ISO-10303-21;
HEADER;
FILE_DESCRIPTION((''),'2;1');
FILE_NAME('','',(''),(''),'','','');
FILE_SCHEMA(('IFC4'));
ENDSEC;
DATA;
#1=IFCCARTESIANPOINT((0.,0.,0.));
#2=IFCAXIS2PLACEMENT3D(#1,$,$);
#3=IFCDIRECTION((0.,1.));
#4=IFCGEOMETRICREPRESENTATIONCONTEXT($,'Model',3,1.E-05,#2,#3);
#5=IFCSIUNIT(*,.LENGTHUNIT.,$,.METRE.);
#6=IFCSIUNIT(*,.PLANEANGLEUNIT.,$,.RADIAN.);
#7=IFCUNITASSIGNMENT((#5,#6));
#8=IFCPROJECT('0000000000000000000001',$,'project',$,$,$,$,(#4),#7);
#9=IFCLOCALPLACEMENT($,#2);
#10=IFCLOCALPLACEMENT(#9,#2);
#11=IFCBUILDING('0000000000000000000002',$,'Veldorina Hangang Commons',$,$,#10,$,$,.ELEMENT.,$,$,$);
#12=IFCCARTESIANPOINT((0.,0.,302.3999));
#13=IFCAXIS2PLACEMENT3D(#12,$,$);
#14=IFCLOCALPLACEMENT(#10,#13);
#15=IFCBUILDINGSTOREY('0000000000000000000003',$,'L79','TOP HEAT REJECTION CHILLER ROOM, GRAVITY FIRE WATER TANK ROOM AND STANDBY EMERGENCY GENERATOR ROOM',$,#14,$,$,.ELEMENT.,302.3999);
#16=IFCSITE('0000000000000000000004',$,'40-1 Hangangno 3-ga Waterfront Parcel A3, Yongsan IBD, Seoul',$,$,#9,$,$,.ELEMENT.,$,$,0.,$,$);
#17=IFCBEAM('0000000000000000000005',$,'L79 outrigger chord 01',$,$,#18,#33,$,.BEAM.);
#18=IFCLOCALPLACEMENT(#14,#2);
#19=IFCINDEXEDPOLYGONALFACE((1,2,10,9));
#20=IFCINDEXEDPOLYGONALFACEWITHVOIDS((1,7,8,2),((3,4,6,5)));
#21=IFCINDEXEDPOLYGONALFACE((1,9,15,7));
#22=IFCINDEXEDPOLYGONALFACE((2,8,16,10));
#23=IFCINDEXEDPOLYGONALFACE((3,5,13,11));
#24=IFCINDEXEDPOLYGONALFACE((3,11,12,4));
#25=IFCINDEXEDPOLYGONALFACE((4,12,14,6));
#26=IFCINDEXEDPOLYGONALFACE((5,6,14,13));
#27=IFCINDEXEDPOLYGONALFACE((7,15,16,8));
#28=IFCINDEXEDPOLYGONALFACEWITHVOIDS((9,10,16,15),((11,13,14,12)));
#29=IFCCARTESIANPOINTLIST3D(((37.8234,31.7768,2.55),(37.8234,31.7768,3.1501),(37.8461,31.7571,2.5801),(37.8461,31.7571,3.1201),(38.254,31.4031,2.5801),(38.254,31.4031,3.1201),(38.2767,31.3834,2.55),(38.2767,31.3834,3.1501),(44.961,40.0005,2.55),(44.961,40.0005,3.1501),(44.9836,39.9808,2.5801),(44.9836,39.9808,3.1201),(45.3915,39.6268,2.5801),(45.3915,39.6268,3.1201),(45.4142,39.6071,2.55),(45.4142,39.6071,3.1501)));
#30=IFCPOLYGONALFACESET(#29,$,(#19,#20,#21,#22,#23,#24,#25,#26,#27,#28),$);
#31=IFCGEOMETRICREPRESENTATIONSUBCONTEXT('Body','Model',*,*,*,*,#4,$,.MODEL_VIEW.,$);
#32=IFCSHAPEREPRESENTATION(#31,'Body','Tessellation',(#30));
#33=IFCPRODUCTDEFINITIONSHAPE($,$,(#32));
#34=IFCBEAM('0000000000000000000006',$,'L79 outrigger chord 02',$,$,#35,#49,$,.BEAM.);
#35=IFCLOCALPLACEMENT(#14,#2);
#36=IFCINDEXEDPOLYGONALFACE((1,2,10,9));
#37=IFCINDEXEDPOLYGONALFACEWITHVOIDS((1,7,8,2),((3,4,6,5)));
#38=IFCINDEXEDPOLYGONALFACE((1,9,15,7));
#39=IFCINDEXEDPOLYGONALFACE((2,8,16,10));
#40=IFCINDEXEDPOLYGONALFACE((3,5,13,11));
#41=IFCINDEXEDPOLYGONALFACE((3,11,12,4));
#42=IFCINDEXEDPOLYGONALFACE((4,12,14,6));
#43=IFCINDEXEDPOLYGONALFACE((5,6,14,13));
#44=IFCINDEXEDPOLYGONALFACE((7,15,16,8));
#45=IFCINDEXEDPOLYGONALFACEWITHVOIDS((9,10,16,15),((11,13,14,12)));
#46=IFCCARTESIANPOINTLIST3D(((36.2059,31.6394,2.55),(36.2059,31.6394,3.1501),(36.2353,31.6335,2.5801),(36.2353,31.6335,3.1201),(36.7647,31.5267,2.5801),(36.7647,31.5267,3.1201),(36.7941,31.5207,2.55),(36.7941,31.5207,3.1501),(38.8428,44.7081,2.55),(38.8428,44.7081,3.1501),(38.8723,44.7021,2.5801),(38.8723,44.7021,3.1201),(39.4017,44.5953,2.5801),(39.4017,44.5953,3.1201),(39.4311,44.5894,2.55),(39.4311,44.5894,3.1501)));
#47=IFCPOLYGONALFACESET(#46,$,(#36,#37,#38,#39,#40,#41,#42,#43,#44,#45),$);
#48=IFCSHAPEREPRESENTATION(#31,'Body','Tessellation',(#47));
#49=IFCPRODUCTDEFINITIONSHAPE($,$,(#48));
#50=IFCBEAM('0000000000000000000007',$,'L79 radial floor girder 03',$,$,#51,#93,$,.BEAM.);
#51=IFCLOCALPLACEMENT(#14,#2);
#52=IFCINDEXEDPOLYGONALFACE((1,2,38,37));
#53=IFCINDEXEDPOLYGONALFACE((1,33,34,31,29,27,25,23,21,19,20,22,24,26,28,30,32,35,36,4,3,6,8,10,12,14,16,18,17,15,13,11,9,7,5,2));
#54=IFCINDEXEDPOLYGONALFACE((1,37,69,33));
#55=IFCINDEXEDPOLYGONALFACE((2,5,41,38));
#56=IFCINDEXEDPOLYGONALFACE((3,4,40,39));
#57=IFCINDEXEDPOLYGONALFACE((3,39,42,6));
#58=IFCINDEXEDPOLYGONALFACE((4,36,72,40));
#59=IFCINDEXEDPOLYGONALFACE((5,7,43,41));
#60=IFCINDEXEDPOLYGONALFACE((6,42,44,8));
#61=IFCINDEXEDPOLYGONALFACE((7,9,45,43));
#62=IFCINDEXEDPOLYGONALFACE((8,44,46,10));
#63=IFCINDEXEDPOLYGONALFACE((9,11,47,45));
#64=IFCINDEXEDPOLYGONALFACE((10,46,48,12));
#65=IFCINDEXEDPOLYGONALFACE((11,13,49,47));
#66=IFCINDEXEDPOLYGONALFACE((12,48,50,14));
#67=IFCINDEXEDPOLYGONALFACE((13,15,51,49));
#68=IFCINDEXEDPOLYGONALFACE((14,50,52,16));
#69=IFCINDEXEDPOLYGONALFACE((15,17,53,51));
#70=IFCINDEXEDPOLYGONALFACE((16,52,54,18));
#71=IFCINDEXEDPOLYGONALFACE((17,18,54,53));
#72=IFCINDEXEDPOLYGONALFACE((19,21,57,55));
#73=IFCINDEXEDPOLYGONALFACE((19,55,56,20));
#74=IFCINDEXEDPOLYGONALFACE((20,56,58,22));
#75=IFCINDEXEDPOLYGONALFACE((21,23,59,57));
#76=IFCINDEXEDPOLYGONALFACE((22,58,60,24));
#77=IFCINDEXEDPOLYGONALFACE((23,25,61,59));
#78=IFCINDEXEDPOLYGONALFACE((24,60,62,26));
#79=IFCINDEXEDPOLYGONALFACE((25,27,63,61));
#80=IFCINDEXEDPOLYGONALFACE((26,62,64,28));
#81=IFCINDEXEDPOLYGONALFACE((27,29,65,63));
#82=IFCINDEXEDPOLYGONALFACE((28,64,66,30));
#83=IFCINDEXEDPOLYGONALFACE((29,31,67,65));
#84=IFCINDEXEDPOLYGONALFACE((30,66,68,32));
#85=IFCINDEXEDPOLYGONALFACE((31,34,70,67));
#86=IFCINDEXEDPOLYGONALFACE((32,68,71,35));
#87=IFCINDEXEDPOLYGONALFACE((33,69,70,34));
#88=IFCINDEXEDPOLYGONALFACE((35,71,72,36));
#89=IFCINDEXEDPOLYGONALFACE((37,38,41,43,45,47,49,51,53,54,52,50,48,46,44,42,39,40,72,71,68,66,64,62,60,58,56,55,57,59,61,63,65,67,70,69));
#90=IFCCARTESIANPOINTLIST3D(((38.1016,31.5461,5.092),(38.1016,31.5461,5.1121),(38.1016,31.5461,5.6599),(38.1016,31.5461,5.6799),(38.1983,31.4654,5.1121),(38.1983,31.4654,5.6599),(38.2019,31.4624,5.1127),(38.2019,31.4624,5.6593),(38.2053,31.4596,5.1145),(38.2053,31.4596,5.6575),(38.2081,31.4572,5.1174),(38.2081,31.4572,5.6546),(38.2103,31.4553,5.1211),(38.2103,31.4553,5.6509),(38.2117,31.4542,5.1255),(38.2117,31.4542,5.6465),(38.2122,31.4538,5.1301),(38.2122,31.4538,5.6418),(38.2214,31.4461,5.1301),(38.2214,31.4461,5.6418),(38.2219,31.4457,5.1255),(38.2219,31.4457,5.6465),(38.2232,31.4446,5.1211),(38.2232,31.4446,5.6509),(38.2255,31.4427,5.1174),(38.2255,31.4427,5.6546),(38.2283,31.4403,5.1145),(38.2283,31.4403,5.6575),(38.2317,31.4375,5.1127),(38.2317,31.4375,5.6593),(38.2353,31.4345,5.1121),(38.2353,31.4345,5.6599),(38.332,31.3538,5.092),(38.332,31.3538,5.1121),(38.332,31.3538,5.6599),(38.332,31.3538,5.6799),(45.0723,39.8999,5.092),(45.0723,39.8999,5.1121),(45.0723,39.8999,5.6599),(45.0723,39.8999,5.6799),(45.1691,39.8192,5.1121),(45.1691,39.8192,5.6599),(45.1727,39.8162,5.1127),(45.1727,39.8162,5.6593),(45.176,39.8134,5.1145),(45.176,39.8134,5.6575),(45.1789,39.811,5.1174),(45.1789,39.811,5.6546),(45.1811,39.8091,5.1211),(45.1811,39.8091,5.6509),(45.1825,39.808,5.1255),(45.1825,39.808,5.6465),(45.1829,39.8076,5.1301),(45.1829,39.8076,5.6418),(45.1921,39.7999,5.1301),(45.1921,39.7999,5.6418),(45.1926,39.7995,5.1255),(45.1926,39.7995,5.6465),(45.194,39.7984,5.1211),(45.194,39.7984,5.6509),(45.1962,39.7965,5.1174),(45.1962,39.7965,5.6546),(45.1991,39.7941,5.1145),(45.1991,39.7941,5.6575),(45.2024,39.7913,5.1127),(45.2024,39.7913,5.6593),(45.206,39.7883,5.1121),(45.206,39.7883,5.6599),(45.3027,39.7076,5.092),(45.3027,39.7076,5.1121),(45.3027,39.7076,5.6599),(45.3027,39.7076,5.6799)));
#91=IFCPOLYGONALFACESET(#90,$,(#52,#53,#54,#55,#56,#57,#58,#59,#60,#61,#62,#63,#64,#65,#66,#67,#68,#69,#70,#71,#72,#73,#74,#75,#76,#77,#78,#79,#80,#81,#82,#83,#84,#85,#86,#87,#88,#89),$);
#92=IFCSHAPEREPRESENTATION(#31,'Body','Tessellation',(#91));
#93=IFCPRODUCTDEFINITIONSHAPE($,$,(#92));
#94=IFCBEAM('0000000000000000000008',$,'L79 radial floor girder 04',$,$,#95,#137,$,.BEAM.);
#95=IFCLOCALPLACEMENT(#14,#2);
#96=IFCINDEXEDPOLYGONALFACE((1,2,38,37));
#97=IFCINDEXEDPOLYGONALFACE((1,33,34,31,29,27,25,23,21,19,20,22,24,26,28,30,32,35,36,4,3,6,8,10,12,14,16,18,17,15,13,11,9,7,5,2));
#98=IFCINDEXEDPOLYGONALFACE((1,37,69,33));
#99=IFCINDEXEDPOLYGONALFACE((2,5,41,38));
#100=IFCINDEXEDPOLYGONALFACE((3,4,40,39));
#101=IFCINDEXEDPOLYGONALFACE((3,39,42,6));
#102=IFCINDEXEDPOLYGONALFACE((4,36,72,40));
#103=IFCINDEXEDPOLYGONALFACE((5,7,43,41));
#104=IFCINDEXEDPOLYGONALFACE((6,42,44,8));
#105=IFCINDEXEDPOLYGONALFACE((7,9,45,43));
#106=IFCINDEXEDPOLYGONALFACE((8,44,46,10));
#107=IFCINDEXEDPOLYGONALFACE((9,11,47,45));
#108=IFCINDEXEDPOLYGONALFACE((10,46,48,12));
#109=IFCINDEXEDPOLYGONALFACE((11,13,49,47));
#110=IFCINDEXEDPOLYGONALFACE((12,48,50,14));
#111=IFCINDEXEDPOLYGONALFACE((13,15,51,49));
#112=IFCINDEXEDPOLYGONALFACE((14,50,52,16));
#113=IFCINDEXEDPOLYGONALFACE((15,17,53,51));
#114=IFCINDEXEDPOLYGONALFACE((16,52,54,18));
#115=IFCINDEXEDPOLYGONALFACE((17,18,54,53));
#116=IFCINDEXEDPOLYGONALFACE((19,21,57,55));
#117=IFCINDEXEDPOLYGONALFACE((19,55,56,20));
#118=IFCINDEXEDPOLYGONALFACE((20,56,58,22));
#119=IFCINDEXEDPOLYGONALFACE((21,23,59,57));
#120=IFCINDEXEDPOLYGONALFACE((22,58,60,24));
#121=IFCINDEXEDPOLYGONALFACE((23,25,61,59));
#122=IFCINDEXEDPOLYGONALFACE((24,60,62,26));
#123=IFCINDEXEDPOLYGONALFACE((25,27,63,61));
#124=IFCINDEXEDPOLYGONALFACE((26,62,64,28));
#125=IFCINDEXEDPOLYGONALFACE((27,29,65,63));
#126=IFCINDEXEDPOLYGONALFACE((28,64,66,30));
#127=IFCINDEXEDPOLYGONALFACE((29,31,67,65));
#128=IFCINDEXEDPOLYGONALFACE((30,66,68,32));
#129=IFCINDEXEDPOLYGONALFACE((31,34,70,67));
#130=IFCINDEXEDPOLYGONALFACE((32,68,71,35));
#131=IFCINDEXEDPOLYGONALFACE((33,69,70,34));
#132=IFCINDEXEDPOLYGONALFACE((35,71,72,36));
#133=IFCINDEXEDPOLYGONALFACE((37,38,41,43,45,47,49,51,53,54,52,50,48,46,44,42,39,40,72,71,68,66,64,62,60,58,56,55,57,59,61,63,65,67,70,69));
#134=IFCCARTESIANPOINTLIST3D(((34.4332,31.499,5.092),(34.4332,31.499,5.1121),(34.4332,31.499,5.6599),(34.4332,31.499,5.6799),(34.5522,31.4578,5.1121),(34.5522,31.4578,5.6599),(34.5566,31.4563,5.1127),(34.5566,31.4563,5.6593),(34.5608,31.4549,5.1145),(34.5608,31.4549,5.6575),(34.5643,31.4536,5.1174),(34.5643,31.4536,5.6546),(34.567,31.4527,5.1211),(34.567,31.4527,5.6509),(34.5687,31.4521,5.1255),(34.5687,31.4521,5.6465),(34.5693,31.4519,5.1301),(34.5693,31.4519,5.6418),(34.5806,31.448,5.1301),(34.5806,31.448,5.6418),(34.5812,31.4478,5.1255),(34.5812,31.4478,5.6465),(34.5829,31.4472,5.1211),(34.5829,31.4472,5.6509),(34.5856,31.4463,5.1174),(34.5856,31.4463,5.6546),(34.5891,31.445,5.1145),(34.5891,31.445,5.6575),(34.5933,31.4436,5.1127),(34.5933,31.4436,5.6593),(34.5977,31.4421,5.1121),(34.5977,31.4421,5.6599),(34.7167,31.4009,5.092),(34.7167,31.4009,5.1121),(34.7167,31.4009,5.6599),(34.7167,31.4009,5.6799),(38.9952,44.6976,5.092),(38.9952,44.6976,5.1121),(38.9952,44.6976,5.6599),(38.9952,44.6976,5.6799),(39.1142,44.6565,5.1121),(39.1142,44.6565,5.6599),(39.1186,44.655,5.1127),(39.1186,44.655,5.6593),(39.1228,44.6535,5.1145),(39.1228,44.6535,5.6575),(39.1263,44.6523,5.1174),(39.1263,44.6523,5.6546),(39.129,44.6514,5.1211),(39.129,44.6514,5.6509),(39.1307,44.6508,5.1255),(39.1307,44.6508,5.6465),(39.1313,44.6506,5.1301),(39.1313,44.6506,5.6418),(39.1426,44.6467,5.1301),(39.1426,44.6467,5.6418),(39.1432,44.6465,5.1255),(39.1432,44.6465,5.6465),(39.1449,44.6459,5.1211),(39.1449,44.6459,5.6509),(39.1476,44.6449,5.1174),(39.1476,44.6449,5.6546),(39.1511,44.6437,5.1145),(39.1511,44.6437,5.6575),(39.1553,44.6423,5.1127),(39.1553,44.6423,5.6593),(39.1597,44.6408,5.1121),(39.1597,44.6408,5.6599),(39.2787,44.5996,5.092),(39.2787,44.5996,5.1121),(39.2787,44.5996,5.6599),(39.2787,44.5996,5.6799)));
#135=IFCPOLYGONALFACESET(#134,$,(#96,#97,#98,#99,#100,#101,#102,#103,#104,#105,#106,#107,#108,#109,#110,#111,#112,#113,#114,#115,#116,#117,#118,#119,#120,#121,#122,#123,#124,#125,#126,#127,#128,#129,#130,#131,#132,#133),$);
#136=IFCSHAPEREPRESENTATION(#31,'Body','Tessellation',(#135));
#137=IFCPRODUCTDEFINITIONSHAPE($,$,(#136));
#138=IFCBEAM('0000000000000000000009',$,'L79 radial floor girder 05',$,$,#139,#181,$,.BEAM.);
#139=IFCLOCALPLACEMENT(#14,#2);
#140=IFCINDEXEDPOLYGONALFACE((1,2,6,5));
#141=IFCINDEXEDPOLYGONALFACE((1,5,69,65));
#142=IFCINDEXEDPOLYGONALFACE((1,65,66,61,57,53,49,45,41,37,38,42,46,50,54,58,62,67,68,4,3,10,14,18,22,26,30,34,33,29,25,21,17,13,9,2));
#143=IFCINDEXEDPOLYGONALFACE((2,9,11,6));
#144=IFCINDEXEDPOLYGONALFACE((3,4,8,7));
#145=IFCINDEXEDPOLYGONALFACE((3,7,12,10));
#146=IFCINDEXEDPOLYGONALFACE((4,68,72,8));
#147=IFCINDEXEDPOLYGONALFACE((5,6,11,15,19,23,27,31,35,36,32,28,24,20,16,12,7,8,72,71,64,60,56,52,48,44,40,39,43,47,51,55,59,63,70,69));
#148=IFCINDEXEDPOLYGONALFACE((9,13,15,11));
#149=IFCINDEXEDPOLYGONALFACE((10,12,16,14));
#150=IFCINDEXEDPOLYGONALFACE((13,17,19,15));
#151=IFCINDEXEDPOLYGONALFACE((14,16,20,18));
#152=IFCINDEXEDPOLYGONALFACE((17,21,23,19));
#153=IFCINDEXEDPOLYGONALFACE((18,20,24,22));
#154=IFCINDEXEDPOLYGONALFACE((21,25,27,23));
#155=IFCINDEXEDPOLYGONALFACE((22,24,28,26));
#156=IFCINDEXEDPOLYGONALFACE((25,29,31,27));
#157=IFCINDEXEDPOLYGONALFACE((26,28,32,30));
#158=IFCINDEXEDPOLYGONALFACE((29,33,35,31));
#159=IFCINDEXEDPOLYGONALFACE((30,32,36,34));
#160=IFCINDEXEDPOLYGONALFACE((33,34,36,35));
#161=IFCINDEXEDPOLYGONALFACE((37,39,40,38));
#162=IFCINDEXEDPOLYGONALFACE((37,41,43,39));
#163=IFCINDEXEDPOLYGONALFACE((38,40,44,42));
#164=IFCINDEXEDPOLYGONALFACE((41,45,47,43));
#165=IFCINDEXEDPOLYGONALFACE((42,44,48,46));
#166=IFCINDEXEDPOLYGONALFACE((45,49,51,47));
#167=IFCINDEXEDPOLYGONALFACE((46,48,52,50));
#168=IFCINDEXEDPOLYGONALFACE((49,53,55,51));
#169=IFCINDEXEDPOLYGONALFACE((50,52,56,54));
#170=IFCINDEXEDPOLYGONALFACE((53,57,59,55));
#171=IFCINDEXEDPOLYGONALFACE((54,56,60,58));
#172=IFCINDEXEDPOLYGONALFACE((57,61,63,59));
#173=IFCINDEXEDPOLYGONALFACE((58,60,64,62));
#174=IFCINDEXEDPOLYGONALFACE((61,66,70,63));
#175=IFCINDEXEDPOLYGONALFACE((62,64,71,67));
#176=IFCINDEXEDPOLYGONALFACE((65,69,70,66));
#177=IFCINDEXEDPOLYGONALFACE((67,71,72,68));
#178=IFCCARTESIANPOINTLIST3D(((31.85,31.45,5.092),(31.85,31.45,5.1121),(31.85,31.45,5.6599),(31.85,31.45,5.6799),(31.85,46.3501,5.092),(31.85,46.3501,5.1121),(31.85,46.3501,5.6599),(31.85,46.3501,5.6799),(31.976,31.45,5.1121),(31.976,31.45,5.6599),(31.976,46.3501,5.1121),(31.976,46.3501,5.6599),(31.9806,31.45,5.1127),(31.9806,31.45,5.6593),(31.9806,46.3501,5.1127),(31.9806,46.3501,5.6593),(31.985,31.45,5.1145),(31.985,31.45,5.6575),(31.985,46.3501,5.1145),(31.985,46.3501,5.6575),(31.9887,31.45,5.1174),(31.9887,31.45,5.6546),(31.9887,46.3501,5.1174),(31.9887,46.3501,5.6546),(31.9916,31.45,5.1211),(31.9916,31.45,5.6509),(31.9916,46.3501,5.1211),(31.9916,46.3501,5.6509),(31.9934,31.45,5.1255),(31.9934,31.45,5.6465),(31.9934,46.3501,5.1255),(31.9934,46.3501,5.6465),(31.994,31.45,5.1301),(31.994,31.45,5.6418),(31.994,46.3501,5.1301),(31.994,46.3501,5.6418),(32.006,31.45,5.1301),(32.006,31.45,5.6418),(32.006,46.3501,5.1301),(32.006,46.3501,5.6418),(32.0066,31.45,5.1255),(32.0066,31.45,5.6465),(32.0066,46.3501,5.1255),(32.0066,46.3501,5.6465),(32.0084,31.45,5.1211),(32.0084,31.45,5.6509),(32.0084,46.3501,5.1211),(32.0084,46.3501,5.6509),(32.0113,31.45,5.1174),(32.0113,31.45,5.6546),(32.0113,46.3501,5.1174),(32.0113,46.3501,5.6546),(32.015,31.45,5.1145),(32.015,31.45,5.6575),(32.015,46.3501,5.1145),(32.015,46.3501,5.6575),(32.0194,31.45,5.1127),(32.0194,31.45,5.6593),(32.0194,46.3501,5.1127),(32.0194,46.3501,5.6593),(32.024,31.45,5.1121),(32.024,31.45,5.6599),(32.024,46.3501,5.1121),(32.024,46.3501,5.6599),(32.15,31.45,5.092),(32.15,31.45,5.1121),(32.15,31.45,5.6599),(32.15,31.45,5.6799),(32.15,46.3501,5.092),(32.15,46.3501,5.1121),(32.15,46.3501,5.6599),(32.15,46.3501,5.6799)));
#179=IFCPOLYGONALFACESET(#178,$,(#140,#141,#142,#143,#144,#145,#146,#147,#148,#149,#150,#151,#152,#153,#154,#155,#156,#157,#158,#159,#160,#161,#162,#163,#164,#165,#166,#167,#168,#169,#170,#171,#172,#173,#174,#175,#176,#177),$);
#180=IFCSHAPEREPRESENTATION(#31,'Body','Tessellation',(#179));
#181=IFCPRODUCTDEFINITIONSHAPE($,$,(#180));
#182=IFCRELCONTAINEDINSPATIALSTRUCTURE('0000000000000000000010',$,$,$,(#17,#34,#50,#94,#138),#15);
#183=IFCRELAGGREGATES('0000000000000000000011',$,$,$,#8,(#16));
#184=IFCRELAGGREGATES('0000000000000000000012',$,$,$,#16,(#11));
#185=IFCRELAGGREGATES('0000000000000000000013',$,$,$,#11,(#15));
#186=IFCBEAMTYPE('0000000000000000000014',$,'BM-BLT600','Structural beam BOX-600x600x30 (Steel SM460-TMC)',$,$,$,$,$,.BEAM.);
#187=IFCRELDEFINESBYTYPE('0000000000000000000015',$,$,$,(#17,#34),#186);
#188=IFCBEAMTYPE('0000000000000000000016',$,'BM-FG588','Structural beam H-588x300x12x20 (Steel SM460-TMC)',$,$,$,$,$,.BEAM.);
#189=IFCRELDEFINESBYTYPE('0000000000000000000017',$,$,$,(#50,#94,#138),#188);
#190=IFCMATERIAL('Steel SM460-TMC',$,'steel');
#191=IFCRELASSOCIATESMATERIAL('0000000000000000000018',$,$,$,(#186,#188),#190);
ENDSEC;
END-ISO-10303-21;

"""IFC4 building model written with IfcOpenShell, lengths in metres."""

from ifc_helpers import new_model, si_unit, direction, frame, origin, origin_2d, place, context, subcontext, project, spatial, hollow_rectangle, i_section, extrude, material, material_profile, profile_set, type_object, element, save


model = new_model("IFC4")

# Units and contexts
model_context = context("Model", 3, precision=1e-05, world=origin(), true_north=direction((0.0, 1.0)))
body_context = subcontext(model_context, "Body", "Model", "MODEL_VIEW")
ifc_project = project(units=[si_unit("LENGTHUNIT", "METRE"), si_unit("PLANEANGLEUNIT", "RADIAN")], contexts=[model_context])

# Site, building, storey
site_placement = place(None, origin())
site = spatial("IfcSite", under=ifc_project, at=site_placement, Name="40-1 Hangangno 3-ga Waterfront Parcel A3, Yongsan IBD, Seoul", CompositionType="ELEMENT", RefElevation=0.0)
building_placement = place(site_placement, origin())
building = spatial("IfcBuilding", under=site, at=building_placement, Name="Veldorina Hangang Commons", CompositionType="ELEMENT")
storey_placement = place(building_placement, frame((0.0, 0.0, 302.3999)))
storey = spatial("IfcBuildingStorey", under=building, at=storey_placement, Name="L79", Description="TOP HEAT REJECTION CHILLER ROOM, GRAVITY FIRE WATER TANK ROOM AND STANDBY EMERGENCY GENERATOR ROOM", CompositionType="ELEMENT", Elevation=302.3999)

# Beams
ifc_material_1 = material(Name="Steel SM460-TMC", Category="steel")
ifc_material_profile_1 = material_profile(ifc_material_1, hollow_rectangle(XDim=0.6001, YDim=0.6001, WallThickness=0.03, at=origin_2d()), Name="BOX-600x600x30")
ifc_profile_set_1 = profile_set([ifc_material_profile_1], Name="Steel SM460-TMC")
beam_type_1 = type_object("IfcBeamType", Name="BM-BLT600", Description="Structural beam BOX-600x600x30 (Steel SM460-TMC)", PredefinedType="BEAM", material=ifc_profile_set_1)
beam_1_placement = place(storey_placement, frame((38.05, 31.5801, 2.8501), z_axis=(0.655471, 0.755221, 0.0), x_axis=(-0.755221, 0.655471, 0.0)))
element("IfcBeam", 1, at=beam_1_placement, inside=storey, type_object=beam_type_1, Name="L79 outrigger chord 01", PredefinedType="BEAM", context=body_context, shape_type="SweptSolid", body=[
    extrude(hollow_rectangle(XDim=0.6001, YDim=0.6001, WallThickness=0.03, at=origin_2d()), origin(), (0.0, 0.0, 1.0), 10.8892),
])
beam_2_placement = place(storey_placement, frame((36.5, 31.5801, 2.8501), z_axis=(0.197792, 0.980244, 0.0), x_axis=(-0.980244, 0.197792, 0.0)))
element("IfcBeam", 2, at=beam_2_placement, inside=storey, type_object=beam_type_1, Name="L79 outrigger chord 02", PredefinedType="BEAM", context=body_context, shape_type="SweptSolid", body=[
    extrude(hollow_rectangle(XDim=0.6001, YDim=0.6001, WallThickness=0.03, at=origin_2d()), origin(), (0.0, 0.0, 1.0), 13.332),
])
ifc_material_profile_2 = material_profile(ifc_material_1, i_section(OverallWidth=0.3, OverallDepth=0.5879, WebThickness=0.012, FlangeThickness=0.02, FilletRadius=0.0181, at=origin_2d()), Name="H-588x300x12x20")
ifc_profile_set_2 = profile_set([ifc_material_profile_2], Name="Steel SM460-TMC")
beam_type_2 = type_object("IfcBeamType", Name="BM-FG588", Description="Structural beam H-588x300x12x20 (Steel SM460-TMC)", PredefinedType="BEAM", material=ifc_profile_set_2)
beam_3_placement = place(storey_placement, frame((38.2168, 31.45, 5.386), z_axis=(0.640685, 0.767804, 0.0), x_axis=(-0.767804, 0.640685, 0.0)))
element("IfcBeam", 3, at=beam_3_placement, inside=storey, type_object=beam_type_2, Name="L79 radial floor girder 03", PredefinedType="BEAM", context=body_context, shape_type="SweptSolid", body=[
    extrude(i_section(OverallWidth=0.3, OverallDepth=0.5879, WebThickness=0.012, FlangeThickness=0.02, FilletRadius=0.0181, at=origin_2d()), origin(), (0.0, 0.0, 1.0), 10.8801),
])
beam_4_placement = place(storey_placement, frame((34.575, 31.45, 5.386), z_axis=(0.326677, 0.945136, 0.0), x_axis=(-0.945136, 0.326677, 0.0)))
element("IfcBeam", 4, at=beam_4_placement, inside=storey, type_object=beam_type_2, Name="L79 radial floor girder 04", PredefinedType="BEAM", context=body_context, shape_type="SweptSolid", body=[
    extrude(i_section(OverallWidth=0.3, OverallDepth=0.5879, WebThickness=0.012, FlangeThickness=0.02, FilletRadius=0.0181, at=origin_2d()), origin(), (0.0, 0.0, 1.0), 13.9648),
])
beam_5_placement = place(storey_placement, frame((32.0, 31.45, 5.386), z_axis=(0.0, 1.0, 0.0), x_axis=(-1.0, 0.0, 0.0)))
element("IfcBeam", 5, at=beam_5_placement, inside=storey, type_object=beam_type_2, Name="L79 radial floor girder 05", PredefinedType="BEAM", context=body_context, shape_type="SweptSolid", body=[
    extrude(i_section(OverallWidth=0.3, OverallDepth=0.5879, WebThickness=0.012, FlangeThickness=0.02, FilletRadius=0.0181, at=origin_2d()), origin(), (0.0, 0.0, 1.0), 14.9001),
])

save(model, "model.ifc")
